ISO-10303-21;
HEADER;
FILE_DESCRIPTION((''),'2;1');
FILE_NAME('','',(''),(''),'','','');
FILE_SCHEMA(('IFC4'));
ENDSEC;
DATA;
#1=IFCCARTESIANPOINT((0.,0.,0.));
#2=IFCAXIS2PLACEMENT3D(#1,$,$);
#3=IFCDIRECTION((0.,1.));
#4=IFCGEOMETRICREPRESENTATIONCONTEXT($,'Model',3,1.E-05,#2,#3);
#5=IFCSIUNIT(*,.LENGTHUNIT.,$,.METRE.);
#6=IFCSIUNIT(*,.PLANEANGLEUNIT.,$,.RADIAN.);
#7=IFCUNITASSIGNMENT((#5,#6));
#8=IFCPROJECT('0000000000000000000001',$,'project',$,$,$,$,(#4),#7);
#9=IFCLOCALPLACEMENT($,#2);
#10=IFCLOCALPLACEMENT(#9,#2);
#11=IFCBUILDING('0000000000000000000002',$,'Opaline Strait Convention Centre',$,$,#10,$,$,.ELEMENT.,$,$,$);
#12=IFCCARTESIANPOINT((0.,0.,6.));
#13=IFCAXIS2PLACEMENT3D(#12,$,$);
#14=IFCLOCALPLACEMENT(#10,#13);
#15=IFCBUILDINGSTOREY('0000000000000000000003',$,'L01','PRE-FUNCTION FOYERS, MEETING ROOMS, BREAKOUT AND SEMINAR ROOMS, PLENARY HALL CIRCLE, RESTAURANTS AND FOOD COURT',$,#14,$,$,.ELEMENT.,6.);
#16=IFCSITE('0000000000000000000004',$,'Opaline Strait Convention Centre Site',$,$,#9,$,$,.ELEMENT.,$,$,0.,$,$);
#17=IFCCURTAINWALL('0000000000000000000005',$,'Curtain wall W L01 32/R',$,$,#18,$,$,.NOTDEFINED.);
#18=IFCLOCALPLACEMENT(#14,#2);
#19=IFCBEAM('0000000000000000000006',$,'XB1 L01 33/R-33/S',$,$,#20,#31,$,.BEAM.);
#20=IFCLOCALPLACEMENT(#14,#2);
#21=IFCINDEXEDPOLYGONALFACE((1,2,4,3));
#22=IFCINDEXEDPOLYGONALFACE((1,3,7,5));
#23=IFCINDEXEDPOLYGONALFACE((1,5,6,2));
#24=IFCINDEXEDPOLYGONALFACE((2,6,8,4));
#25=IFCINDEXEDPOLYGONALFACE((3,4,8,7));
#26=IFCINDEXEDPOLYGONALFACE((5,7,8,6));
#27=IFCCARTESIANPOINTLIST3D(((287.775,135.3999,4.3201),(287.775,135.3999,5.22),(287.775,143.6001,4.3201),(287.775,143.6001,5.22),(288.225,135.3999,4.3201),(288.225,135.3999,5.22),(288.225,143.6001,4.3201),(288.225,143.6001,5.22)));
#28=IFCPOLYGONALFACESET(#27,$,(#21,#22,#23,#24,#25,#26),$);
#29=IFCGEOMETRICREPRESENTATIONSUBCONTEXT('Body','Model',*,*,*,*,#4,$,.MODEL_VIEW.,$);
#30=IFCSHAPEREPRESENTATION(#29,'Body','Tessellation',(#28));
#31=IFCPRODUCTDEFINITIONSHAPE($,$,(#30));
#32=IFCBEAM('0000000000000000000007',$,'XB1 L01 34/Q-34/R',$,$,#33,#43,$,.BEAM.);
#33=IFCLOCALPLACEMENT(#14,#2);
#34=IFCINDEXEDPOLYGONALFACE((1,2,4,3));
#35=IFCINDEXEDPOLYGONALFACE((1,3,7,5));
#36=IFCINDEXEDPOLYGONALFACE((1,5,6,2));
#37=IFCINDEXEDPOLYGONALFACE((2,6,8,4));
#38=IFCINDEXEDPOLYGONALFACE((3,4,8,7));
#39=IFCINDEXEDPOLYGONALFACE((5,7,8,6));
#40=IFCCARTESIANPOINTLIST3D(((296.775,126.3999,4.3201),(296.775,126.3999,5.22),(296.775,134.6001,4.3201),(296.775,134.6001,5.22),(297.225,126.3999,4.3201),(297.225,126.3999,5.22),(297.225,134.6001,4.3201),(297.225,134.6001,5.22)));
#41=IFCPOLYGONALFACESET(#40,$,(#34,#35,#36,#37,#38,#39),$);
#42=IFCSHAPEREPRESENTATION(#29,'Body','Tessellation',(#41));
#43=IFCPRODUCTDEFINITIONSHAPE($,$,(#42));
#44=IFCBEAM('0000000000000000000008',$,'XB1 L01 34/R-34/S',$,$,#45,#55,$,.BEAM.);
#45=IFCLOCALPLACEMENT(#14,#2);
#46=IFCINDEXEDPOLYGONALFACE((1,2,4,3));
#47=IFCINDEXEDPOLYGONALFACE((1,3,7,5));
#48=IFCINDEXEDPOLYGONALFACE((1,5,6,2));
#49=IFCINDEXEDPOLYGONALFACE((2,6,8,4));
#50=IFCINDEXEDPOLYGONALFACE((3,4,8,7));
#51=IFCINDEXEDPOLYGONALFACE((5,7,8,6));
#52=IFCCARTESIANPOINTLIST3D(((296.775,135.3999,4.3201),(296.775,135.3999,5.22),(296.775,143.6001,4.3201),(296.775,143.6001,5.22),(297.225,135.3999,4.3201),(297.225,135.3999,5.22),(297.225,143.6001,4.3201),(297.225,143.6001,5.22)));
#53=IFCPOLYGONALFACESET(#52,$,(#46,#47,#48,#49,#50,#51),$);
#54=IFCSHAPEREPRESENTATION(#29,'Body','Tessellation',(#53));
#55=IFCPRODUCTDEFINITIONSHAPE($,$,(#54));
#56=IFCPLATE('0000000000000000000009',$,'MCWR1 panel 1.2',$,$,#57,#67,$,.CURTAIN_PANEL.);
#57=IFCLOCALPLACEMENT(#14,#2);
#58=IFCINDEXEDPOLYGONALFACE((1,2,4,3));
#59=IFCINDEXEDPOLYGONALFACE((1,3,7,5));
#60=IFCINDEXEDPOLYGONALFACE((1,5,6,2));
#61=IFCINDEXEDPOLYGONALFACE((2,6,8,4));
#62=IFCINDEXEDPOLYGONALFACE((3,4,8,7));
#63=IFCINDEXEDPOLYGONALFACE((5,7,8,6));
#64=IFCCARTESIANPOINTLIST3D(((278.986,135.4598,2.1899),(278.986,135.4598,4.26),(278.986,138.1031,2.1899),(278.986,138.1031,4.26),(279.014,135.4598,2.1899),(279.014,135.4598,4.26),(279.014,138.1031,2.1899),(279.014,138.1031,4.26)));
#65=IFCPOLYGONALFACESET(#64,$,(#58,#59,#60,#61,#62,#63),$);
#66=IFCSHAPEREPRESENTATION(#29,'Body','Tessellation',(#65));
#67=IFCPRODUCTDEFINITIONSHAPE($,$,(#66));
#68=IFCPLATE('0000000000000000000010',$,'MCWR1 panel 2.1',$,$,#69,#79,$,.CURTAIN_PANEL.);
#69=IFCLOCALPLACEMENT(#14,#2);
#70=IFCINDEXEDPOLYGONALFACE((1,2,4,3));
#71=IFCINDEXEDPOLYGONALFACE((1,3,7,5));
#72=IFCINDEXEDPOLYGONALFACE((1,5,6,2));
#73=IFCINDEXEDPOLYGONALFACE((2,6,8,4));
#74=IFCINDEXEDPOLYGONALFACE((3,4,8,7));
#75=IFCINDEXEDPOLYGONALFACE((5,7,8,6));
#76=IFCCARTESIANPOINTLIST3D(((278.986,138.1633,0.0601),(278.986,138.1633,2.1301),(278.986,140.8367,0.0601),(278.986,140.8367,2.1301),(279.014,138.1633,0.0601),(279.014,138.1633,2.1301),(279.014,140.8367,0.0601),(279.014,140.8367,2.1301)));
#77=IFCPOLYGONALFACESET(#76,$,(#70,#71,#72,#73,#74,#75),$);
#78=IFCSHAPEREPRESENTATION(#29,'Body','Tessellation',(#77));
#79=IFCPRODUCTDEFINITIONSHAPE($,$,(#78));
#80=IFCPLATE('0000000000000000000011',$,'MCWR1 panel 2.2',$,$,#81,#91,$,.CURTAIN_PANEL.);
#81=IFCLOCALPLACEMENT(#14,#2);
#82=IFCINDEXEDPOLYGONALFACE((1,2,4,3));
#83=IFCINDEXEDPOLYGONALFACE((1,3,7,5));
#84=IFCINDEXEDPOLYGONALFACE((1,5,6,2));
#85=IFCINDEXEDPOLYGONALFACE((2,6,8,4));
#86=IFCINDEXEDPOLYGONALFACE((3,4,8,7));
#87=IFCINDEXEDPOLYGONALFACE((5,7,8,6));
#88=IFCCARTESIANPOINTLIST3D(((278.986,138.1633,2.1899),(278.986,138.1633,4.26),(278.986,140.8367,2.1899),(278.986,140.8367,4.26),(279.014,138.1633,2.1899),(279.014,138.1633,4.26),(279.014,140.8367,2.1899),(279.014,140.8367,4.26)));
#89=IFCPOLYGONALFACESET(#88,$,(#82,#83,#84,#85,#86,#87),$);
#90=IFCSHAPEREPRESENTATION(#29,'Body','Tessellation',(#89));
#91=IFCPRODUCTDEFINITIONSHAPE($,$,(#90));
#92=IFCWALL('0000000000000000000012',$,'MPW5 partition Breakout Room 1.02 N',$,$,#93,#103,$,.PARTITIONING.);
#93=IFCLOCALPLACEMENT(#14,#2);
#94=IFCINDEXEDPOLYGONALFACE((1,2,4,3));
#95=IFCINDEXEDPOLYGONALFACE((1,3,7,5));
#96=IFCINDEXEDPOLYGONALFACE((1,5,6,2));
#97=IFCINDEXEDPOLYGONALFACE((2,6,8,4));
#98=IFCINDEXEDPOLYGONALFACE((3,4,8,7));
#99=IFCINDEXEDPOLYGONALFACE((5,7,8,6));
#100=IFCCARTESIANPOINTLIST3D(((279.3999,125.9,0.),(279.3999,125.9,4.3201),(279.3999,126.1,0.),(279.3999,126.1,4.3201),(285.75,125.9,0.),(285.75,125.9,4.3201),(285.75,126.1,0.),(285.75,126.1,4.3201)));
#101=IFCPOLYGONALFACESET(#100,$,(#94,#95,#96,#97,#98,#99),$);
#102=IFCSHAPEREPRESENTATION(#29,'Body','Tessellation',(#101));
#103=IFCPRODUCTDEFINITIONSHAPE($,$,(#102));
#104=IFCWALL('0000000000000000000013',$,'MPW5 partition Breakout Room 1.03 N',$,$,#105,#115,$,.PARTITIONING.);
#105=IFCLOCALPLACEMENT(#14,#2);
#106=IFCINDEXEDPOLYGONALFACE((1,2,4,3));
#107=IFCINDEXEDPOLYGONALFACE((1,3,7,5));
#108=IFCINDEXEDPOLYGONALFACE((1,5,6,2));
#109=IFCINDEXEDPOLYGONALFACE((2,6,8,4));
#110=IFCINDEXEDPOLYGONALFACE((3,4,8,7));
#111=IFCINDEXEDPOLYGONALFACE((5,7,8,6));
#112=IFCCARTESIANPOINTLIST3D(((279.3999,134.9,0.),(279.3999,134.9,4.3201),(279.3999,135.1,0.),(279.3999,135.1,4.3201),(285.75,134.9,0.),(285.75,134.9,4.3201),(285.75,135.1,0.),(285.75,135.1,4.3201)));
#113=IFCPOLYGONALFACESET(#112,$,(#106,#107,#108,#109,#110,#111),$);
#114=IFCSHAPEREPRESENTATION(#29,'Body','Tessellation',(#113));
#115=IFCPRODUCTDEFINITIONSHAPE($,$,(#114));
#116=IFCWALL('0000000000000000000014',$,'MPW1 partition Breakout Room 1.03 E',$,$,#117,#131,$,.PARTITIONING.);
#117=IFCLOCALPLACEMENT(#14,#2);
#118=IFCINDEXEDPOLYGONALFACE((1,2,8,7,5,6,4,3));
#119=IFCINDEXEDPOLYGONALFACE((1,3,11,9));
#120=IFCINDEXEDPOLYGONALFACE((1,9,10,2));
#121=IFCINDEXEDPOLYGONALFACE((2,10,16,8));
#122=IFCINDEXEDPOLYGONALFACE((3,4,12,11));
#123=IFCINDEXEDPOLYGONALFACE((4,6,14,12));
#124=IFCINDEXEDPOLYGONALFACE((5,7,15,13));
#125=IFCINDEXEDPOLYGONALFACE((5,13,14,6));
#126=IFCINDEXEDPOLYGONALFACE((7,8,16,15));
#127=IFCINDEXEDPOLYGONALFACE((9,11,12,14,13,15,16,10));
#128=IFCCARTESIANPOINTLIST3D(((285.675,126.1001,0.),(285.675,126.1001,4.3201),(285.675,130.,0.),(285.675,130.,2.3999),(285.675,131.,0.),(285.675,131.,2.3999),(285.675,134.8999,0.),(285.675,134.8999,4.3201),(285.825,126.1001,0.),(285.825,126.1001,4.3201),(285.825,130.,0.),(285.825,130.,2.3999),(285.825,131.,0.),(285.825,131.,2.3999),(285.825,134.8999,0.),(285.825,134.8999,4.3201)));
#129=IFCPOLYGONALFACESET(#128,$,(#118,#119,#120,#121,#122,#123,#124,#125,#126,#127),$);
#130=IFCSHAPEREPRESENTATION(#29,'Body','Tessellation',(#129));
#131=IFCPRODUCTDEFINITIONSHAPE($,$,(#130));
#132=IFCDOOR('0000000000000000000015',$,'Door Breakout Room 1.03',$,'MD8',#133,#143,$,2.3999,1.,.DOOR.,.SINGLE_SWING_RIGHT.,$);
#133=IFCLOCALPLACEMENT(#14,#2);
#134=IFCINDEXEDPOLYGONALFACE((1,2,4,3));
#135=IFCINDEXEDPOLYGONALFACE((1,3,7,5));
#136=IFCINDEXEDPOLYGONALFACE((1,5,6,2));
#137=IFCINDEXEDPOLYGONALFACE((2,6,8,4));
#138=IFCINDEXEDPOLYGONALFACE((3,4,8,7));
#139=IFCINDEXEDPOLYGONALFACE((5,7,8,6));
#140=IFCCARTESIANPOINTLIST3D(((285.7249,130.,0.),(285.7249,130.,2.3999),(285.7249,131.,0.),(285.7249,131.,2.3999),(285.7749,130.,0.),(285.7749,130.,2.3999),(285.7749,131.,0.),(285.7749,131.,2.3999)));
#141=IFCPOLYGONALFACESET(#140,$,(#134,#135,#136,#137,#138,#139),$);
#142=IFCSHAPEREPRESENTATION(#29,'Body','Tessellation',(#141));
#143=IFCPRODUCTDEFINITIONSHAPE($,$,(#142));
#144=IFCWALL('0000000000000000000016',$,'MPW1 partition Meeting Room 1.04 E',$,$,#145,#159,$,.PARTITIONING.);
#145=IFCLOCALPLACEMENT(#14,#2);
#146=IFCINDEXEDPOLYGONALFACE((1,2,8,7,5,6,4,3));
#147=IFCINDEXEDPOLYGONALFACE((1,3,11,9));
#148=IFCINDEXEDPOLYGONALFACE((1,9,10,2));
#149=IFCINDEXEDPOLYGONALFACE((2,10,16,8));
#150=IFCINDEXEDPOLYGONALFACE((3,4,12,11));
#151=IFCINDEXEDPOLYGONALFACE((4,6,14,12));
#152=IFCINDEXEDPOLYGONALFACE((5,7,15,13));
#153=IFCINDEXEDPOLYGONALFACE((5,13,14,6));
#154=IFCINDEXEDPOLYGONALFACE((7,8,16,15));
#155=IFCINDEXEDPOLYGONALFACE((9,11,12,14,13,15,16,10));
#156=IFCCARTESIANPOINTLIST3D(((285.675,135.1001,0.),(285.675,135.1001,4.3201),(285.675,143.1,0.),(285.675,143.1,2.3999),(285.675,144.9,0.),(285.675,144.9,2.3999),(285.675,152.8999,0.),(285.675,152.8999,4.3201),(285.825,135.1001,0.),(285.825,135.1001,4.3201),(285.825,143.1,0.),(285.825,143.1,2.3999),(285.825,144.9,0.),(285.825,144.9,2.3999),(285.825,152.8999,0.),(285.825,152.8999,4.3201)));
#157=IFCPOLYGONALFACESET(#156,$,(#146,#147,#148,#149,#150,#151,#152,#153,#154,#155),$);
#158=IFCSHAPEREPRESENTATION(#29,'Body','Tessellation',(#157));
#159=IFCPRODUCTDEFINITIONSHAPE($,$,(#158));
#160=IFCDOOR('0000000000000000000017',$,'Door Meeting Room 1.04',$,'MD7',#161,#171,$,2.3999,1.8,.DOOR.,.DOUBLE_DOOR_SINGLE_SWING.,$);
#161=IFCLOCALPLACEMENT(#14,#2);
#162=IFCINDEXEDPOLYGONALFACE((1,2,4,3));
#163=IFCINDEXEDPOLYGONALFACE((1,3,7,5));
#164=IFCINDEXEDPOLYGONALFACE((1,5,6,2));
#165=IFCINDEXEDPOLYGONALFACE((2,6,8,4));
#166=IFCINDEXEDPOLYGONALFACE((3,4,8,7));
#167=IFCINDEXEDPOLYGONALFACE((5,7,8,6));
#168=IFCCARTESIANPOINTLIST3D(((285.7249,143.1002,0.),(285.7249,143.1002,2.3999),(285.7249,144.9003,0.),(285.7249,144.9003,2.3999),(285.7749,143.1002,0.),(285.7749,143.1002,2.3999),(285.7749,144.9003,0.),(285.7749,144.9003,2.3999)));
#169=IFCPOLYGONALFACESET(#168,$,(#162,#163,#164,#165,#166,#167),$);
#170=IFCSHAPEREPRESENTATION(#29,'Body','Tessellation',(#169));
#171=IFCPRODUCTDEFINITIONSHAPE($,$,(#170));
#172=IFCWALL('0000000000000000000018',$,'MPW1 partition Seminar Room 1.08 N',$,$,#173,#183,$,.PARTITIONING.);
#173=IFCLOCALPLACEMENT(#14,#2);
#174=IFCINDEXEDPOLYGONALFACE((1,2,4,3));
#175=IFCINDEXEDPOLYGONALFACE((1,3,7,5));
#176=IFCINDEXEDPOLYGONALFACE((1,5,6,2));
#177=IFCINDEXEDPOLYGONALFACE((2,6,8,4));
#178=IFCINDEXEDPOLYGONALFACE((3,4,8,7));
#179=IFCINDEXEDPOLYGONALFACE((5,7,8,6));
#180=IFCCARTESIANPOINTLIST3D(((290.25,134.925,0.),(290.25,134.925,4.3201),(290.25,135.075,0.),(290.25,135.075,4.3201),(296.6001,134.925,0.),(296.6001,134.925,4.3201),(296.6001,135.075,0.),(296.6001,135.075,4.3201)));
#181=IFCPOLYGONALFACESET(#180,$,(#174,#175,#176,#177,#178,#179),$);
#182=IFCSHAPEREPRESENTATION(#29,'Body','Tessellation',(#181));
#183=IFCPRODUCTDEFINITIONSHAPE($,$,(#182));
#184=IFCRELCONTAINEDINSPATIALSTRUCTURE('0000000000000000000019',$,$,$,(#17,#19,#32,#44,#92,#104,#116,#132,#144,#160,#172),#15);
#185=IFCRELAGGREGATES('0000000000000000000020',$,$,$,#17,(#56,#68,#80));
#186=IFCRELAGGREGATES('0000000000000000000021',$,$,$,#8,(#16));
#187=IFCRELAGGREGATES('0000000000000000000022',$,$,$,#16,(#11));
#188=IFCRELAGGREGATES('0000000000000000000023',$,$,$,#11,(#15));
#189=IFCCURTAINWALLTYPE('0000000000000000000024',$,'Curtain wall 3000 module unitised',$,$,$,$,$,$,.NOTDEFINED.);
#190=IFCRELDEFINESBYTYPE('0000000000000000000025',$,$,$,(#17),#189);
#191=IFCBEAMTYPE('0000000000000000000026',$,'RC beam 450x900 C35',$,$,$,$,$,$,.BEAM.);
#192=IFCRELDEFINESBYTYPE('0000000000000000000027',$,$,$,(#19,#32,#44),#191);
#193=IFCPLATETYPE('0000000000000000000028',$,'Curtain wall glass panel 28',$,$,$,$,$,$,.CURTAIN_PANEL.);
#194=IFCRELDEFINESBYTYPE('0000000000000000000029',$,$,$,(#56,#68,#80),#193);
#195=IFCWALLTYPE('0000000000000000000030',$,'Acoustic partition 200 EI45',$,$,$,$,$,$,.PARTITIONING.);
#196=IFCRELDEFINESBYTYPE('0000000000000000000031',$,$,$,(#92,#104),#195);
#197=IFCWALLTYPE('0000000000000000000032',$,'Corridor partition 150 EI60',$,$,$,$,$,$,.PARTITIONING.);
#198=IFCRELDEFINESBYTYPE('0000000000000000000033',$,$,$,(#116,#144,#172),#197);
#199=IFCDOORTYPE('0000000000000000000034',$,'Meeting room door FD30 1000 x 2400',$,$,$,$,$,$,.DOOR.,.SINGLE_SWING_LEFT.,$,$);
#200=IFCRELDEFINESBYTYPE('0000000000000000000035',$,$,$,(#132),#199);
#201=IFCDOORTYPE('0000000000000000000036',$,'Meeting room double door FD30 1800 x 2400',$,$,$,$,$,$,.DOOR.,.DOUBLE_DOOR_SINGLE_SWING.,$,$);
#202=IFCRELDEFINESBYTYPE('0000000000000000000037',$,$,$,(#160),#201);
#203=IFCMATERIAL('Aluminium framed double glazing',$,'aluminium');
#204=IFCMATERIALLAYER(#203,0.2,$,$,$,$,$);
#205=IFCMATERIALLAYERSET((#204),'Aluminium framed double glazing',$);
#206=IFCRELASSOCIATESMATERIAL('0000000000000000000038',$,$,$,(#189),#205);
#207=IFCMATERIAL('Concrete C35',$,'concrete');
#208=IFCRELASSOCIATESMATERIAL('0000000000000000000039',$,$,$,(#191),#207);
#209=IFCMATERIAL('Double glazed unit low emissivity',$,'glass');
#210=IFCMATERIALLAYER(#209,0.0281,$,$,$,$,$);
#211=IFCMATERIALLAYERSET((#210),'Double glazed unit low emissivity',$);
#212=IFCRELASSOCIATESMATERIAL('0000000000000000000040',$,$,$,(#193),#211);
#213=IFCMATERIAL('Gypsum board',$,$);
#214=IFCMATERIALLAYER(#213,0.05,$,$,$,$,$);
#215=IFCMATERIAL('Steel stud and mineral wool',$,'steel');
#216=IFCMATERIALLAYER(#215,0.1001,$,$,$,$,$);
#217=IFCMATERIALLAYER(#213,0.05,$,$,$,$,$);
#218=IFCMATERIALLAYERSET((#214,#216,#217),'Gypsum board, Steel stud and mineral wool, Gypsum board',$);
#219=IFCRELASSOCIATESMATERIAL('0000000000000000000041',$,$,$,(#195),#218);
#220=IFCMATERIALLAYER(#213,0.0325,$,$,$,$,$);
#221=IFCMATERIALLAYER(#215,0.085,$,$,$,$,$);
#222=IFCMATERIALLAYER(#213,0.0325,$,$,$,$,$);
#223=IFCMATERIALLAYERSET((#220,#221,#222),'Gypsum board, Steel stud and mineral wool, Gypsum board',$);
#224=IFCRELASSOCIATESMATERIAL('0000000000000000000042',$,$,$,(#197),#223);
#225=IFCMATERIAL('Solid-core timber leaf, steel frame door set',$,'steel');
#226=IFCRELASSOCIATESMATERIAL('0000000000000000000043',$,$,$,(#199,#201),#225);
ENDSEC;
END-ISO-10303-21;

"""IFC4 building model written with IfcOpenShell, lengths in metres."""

from ifc_helpers import new_model, si_unit, direction, frame, frame_2d, origin, origin_2d, place, context, subcontext, project, spatial, rectangle, extrude, material, layer, layer_set, material_profile, profile_set, type_object, element, fill, aggregate, save


model = new_model("IFC4")

# Units and contexts
model_context = context("Model", 3, precision=1e-05, world=origin(), true_north=direction((0.0, 1.0)))
body_context = subcontext(model_context, "Body", "Model", "MODEL_VIEW")
ifc_project = project(units=[si_unit("LENGTHUNIT", "METRE"), si_unit("PLANEANGLEUNIT", "RADIAN")], contexts=[model_context])

# Site, building, storey
site_placement = place(None, origin())
site = spatial("IfcSite", under=ifc_project, at=site_placement, Name="Opaline Strait Convention Centre Site", CompositionType="ELEMENT", RefElevation=0.0)
building_placement = place(site_placement, origin())
building = spatial("IfcBuilding", under=site, at=building_placement, Name="Opaline Strait Convention Centre", CompositionType="ELEMENT")
storey_placement = place(building_placement, frame((0.0, 0.0, 6.0)))
storey = spatial("IfcBuildingStorey", under=building, at=storey_placement, Name="L01", Description="PRE-FUNCTION FOYERS, MEETING ROOMS, BREAKOUT AND SEMINAR ROOMS, PLENARY HALL CIRCLE, RESTAURANTS AND FOOD COURT", CompositionType="ELEMENT", Elevation=6.0)

# Curtain wall
ifc_material_1 = material(Name="Aluminium framed double glazing", Category="aluminium")
ifc_layer_1 = layer(ifc_material_1, 0.2)
ifc_layer_set_1 = layer_set([ifc_layer_1], Name="Aluminium framed double glazing")
curtain_wall_type = type_object("IfcCurtainWallType", Name="Curtain wall 3000 module unitised", PredefinedType="NOTDEFINED", material=ifc_layer_set_1)
curtain_wall_placement = place(storey_placement, origin())
curtain_wall = element("IfcCurtainWall", 1, at=curtain_wall_placement, inside=storey, type_object=curtain_wall_type, Name="Curtain wall W L01 32/R", PredefinedType="NOTDEFINED")

# Beams
ifc_material_2 = material(Name="Concrete C35", Category="concrete")
ifc_material_profile_1 = material_profile(ifc_material_2, rectangle(XDim=0.45, YDim=0.8999, at=origin_2d()), Name="RC 450x900")
ifc_profile_set_1 = profile_set([ifc_material_profile_1], Name="Concrete C35")
beam_type = type_object("IfcBeamType", Name="RC beam 450x900 C35", PredefinedType="BEAM", material=ifc_profile_set_1)
for number, where, z_axis, x_axis, name in (
    (2, (288.0, 135.3999, 4.77), (0.0, 1.0, 0.0), (-1.0, 0.0, 0.0), "XB1 L01 33/R-33/S"),
    (3, (297.0, 126.3999, 4.77), (0.0, 1.0, 0.0), (-1.0, 0.0, 0.0), "XB1 L01 34/Q-34/R"),
    (4, (297.0, 135.3999, 4.77), (0.0, 1.0, 0.0), (-1.0, 0.0, 0.0), "XB1 L01 34/R-34/S"),
):
    element("IfcBeam", number, at=place(storey_placement, frame(where, z_axis=z_axis, x_axis=x_axis)), inside=storey, type_object=beam_type, Name=name, PredefinedType="BEAM", context=body_context, shape_type="SweptSolid", body=[
        extrude(rectangle(XDim=0.45, YDim=0.8999, at=origin_2d()), origin(), (0.0, 0.0, 1.0), 8.2002),
    ])

# Plates
ifc_material_3 = material(Name="Double glazed unit low emissivity", Category="glass")
ifc_layer_2 = layer(ifc_material_3, 0.0281)
ifc_layer_set_2 = layer_set([ifc_layer_2], Name="Double glazed unit low emissivity")
plate_type = type_object("IfcPlateType", Name="Curtain wall glass panel 28", PredefinedType="CURTAIN_PANEL", material=ifc_layer_set_2)
plate_1_placement = place(storey_placement, frame((279.0, 136.7815, 2.1899), z_axis=(0.0, 0.0, 1.0), x_axis=(0.0, 1.0, 0.0)))
plate_1 = element("IfcPlate", 5, at=plate_1_placement, type_object=plate_type, Name="MCWR1 panel 1.2", PredefinedType="CURTAIN_PANEL", context=body_context, shape_type="SweptSolid", body=[
    extrude(rectangle(XDim=2.6433, YDim=0.0281, at=origin_2d()), origin(), (0.0, 0.0, 1.0), 2.0701),
])
plate_2_placement = place(storey_placement, frame((279.0, 139.5, 0.0601), z_axis=(0.0, 0.0, 1.0), x_axis=(0.0, 1.0, 0.0)))
plate_2 = element("IfcPlate", 6, at=plate_2_placement, type_object=plate_type, Name="MCWR1 panel 2.1", PredefinedType="CURTAIN_PANEL", context=body_context, shape_type="SweptSolid", body=[
    extrude(rectangle(XDim=2.6733, YDim=0.0281, at=origin_2d()), origin(), (0.0, 0.0, 1.0), 2.0701),
])
plate_3_placement = place(storey_placement, frame((279.0, 139.5, 2.1899), z_axis=(0.0, 0.0, 1.0), x_axis=(0.0, 1.0, 0.0)))
plate_3 = element("IfcPlate", 7, at=plate_3_placement, type_object=plate_type, Name="MCWR1 panel 2.2", PredefinedType="CURTAIN_PANEL", context=body_context, shape_type="SweptSolid", body=[
    extrude(rectangle(XDim=2.6733, YDim=0.0281, at=origin_2d()), origin(), (0.0, 0.0, 1.0), 2.0701),
])
aggregate(curtain_wall, [plate_1, plate_2, plate_3])

# Walls
ifc_material_4 = material(Name="Gypsum board")
ifc_layer_3 = layer(ifc_material_4, 0.05)
ifc_material_5 = material(Name="Steel stud and mineral wool", Category="steel")
ifc_layer_4 = layer(ifc_material_5, 0.1001)
ifc_layer_5 = layer(ifc_material_4, 0.05)
ifc_layer_set_3 = layer_set([ifc_layer_3, ifc_layer_4, ifc_layer_5], Name="Gypsum board, Steel stud and mineral wool, Gypsum board")
wall_type_1 = type_object("IfcWallType", Name="Acoustic partition 200 EI45", PredefinedType="PARTITIONING", material=ifc_layer_set_3)
for number, where, z_axis, x_axis, name in (
    (8, (279.3999, 126.0, 0.0), (0.0, 0.0, 1.0), (1.0, 0.0, 0.0), "MPW5 partition Breakout Room 1.02 N"),
    (9, (279.3999, 135.0, 0.0), (0.0, 0.0, 1.0), (1.0, 0.0, 0.0), "MPW5 partition Breakout Room 1.03 N"),
):
    element("IfcWall", number, at=place(storey_placement, frame(where, z_axis=z_axis, x_axis=x_axis)), inside=storey, type_object=wall_type_1, Name=name, PredefinedType="PARTITIONING", context=body_context, shape_type="SweptSolid", body=[
        extrude(rectangle(XDim=6.3501, YDim=0.2, at=frame_2d((3.175, 0.0))), origin(), (0.0, 0.0, 1.0), 4.3201),
    ])

# Walls, openings, doors
ifc_layer_6 = layer(ifc_material_4, 0.0325)
ifc_layer_7 = layer(ifc_material_5, 0.085)
ifc_layer_8 = layer(ifc_material_4, 0.0325)
ifc_layer_set_4 = layer_set([ifc_layer_6, ifc_layer_7, ifc_layer_8], Name="Gypsum board, Steel stud and mineral wool, Gypsum board")
wall_type_2 = type_object("IfcWallType", Name="Corridor partition 150 EI60", PredefinedType="PARTITIONING", material=ifc_layer_set_4)
wall_1_placement = place(storey_placement, frame((285.75, 126.1001, 0.0), z_axis=(0.0, 0.0, 1.0), x_axis=(0.0, 1.0, 0.0)))
wall_1 = element("IfcWall", 10, at=wall_1_placement, inside=storey, type_object=wall_type_2, Name="MPW1 partition Breakout Room 1.03 E", PredefinedType="PARTITIONING", context=body_context, shape_type="SweptSolid", body=[
    extrude(rectangle(XDim=8.7998, YDim=0.1499, at=frame_2d((4.3999, 0.0))), origin(), (0.0, 0.0, 1.0), 4.3201),
])
opening_1_placement = place(wall_1_placement, frame((3.8999, 0.0, 0.0)))
opening_1 = element("IfcOpeningElement", 11, at=opening_1_placement, cuts=wall_1, PredefinedType="OPENING", context=body_context, shape_type="SweptSolid", body=[
    extrude(rectangle(XDim=1.0, YDim=2.3999, at=frame_2d((0.5, 1.2))), frame((0.0, 0.085, 0.0), z_axis=(0.0, -1.0, 0.0), x_axis=(1.0, 0.0, 0.0)), (0.0, 0.0, 1.0), 0.1699),
])
ifc_material_6 = material(Name="Solid-core timber leaf, steel frame door set", Category="steel")
door_type_1 = type_object("IfcDoorType", Name="Meeting room door FD30 1000 x 2400", OperationType="SINGLE_SWING_LEFT", PredefinedType="DOOR", material=ifc_material_6)
door_1_placement = place(opening_1_placement, frame((1.0, 0.0, 0.0), z_axis=(0.0, 0.0, 1.0), x_axis=(-1.0, 0.0, 0.0)))
door_1 = element("IfcDoor", 12, at=door_1_placement, inside=storey, type_object=door_type_1, Name="Door Breakout Room 1.03", ObjectType="MD8", OperationType="SINGLE_SWING_RIGHT", OverallHeight=2.3999, OverallWidth=1.0, PredefinedType="DOOR", context=body_context, shape_type="SweptSolid", body=[
    extrude(rectangle(XDim=1.0, YDim=2.3999, at=frame_2d((0.5, 1.2))), frame((0.0, 0.0249, 0.0), z_axis=(0.0, -1.0, 0.0), x_axis=(1.0, 0.0, 0.0)), (0.0, 0.0, 1.0), 0.05),
])
fill(opening_1, door_1)
wall_2_placement = place(storey_placement, frame((285.75, 135.1001, 0.0), z_axis=(0.0, 0.0, 1.0), x_axis=(0.0, 1.0, 0.0)))
wall_2 = element("IfcWall", 13, at=wall_2_placement, inside=storey, type_object=wall_type_2, Name="MPW1 partition Meeting Room 1.04 E", PredefinedType="PARTITIONING", context=body_context, shape_type="SweptSolid", body=[
    extrude(rectangle(XDim=17.7998, YDim=0.1499, at=frame_2d((8.8999, 0.0))), origin(), (0.0, 0.0, 1.0), 4.3201),
])
opening_2_placement = place(wall_2_placement, frame((8.0, 0.0, 0.0)))
opening_2 = element("IfcOpeningElement", 14, at=opening_2_placement, cuts=wall_2, PredefinedType="OPENING", context=body_context, shape_type="SweptSolid", body=[
    extrude(rectangle(XDim=1.8, YDim=2.3999, at=frame_2d((0.8999, 1.2))), frame((0.0, 0.085, 0.0), z_axis=(0.0, -1.0, 0.0), x_axis=(1.0, 0.0, 0.0)), (0.0, 0.0, 1.0), 0.1699),
])
door_type_2 = type_object("IfcDoorType", Name="Meeting room double door FD30 1800 x 2400", OperationType="DOUBLE_DOOR_SINGLE_SWING", PredefinedType="DOOR", material=ifc_material_6)
door_2_placement = place(opening_2_placement, frame((1.8, 0.0, 0.0), z_axis=(0.0, 0.0, 1.0), x_axis=(-1.0, 0.0, 0.0)))
door_2 = element("IfcDoor", 15, at=door_2_placement, inside=storey, type_object=door_type_2, Name="Door Meeting Room 1.04", ObjectType="MD7", OperationType="DOUBLE_DOOR_SINGLE_SWING", OverallHeight=2.3999, OverallWidth=1.8, PredefinedType="DOOR", context=body_context, shape_type="SweptSolid", body=[
    extrude(rectangle(XDim=1.8, YDim=2.3999, at=frame_2d((0.8999, 1.2))), frame((0.0, 0.0249, 0.0), z_axis=(0.0, -1.0, 0.0), x_axis=(1.0, 0.0, 0.0)), (0.0, 0.0, 1.0), 0.05),
])
fill(opening_2, door_2)

# Wall
wall_3_placement = place(storey_placement, frame((290.25, 135.0, 0.0), z_axis=(0.0, 0.0, 1.0), x_axis=(1.0, 0.0, 0.0)))
element("IfcWall", 16, at=wall_3_placement, inside=storey, type_object=wall_type_2, Name="MPW1 partition Seminar Room 1.08 N", PredefinedType="PARTITIONING", context=body_context, shape_type="SweptSolid", body=[
    extrude(rectangle(XDim=6.3501, YDim=0.1499, at=frame_2d((3.175, 0.0))), origin(), (0.0, 0.0, 1.0), 4.3201),
])

save(model, "model.ifc")
